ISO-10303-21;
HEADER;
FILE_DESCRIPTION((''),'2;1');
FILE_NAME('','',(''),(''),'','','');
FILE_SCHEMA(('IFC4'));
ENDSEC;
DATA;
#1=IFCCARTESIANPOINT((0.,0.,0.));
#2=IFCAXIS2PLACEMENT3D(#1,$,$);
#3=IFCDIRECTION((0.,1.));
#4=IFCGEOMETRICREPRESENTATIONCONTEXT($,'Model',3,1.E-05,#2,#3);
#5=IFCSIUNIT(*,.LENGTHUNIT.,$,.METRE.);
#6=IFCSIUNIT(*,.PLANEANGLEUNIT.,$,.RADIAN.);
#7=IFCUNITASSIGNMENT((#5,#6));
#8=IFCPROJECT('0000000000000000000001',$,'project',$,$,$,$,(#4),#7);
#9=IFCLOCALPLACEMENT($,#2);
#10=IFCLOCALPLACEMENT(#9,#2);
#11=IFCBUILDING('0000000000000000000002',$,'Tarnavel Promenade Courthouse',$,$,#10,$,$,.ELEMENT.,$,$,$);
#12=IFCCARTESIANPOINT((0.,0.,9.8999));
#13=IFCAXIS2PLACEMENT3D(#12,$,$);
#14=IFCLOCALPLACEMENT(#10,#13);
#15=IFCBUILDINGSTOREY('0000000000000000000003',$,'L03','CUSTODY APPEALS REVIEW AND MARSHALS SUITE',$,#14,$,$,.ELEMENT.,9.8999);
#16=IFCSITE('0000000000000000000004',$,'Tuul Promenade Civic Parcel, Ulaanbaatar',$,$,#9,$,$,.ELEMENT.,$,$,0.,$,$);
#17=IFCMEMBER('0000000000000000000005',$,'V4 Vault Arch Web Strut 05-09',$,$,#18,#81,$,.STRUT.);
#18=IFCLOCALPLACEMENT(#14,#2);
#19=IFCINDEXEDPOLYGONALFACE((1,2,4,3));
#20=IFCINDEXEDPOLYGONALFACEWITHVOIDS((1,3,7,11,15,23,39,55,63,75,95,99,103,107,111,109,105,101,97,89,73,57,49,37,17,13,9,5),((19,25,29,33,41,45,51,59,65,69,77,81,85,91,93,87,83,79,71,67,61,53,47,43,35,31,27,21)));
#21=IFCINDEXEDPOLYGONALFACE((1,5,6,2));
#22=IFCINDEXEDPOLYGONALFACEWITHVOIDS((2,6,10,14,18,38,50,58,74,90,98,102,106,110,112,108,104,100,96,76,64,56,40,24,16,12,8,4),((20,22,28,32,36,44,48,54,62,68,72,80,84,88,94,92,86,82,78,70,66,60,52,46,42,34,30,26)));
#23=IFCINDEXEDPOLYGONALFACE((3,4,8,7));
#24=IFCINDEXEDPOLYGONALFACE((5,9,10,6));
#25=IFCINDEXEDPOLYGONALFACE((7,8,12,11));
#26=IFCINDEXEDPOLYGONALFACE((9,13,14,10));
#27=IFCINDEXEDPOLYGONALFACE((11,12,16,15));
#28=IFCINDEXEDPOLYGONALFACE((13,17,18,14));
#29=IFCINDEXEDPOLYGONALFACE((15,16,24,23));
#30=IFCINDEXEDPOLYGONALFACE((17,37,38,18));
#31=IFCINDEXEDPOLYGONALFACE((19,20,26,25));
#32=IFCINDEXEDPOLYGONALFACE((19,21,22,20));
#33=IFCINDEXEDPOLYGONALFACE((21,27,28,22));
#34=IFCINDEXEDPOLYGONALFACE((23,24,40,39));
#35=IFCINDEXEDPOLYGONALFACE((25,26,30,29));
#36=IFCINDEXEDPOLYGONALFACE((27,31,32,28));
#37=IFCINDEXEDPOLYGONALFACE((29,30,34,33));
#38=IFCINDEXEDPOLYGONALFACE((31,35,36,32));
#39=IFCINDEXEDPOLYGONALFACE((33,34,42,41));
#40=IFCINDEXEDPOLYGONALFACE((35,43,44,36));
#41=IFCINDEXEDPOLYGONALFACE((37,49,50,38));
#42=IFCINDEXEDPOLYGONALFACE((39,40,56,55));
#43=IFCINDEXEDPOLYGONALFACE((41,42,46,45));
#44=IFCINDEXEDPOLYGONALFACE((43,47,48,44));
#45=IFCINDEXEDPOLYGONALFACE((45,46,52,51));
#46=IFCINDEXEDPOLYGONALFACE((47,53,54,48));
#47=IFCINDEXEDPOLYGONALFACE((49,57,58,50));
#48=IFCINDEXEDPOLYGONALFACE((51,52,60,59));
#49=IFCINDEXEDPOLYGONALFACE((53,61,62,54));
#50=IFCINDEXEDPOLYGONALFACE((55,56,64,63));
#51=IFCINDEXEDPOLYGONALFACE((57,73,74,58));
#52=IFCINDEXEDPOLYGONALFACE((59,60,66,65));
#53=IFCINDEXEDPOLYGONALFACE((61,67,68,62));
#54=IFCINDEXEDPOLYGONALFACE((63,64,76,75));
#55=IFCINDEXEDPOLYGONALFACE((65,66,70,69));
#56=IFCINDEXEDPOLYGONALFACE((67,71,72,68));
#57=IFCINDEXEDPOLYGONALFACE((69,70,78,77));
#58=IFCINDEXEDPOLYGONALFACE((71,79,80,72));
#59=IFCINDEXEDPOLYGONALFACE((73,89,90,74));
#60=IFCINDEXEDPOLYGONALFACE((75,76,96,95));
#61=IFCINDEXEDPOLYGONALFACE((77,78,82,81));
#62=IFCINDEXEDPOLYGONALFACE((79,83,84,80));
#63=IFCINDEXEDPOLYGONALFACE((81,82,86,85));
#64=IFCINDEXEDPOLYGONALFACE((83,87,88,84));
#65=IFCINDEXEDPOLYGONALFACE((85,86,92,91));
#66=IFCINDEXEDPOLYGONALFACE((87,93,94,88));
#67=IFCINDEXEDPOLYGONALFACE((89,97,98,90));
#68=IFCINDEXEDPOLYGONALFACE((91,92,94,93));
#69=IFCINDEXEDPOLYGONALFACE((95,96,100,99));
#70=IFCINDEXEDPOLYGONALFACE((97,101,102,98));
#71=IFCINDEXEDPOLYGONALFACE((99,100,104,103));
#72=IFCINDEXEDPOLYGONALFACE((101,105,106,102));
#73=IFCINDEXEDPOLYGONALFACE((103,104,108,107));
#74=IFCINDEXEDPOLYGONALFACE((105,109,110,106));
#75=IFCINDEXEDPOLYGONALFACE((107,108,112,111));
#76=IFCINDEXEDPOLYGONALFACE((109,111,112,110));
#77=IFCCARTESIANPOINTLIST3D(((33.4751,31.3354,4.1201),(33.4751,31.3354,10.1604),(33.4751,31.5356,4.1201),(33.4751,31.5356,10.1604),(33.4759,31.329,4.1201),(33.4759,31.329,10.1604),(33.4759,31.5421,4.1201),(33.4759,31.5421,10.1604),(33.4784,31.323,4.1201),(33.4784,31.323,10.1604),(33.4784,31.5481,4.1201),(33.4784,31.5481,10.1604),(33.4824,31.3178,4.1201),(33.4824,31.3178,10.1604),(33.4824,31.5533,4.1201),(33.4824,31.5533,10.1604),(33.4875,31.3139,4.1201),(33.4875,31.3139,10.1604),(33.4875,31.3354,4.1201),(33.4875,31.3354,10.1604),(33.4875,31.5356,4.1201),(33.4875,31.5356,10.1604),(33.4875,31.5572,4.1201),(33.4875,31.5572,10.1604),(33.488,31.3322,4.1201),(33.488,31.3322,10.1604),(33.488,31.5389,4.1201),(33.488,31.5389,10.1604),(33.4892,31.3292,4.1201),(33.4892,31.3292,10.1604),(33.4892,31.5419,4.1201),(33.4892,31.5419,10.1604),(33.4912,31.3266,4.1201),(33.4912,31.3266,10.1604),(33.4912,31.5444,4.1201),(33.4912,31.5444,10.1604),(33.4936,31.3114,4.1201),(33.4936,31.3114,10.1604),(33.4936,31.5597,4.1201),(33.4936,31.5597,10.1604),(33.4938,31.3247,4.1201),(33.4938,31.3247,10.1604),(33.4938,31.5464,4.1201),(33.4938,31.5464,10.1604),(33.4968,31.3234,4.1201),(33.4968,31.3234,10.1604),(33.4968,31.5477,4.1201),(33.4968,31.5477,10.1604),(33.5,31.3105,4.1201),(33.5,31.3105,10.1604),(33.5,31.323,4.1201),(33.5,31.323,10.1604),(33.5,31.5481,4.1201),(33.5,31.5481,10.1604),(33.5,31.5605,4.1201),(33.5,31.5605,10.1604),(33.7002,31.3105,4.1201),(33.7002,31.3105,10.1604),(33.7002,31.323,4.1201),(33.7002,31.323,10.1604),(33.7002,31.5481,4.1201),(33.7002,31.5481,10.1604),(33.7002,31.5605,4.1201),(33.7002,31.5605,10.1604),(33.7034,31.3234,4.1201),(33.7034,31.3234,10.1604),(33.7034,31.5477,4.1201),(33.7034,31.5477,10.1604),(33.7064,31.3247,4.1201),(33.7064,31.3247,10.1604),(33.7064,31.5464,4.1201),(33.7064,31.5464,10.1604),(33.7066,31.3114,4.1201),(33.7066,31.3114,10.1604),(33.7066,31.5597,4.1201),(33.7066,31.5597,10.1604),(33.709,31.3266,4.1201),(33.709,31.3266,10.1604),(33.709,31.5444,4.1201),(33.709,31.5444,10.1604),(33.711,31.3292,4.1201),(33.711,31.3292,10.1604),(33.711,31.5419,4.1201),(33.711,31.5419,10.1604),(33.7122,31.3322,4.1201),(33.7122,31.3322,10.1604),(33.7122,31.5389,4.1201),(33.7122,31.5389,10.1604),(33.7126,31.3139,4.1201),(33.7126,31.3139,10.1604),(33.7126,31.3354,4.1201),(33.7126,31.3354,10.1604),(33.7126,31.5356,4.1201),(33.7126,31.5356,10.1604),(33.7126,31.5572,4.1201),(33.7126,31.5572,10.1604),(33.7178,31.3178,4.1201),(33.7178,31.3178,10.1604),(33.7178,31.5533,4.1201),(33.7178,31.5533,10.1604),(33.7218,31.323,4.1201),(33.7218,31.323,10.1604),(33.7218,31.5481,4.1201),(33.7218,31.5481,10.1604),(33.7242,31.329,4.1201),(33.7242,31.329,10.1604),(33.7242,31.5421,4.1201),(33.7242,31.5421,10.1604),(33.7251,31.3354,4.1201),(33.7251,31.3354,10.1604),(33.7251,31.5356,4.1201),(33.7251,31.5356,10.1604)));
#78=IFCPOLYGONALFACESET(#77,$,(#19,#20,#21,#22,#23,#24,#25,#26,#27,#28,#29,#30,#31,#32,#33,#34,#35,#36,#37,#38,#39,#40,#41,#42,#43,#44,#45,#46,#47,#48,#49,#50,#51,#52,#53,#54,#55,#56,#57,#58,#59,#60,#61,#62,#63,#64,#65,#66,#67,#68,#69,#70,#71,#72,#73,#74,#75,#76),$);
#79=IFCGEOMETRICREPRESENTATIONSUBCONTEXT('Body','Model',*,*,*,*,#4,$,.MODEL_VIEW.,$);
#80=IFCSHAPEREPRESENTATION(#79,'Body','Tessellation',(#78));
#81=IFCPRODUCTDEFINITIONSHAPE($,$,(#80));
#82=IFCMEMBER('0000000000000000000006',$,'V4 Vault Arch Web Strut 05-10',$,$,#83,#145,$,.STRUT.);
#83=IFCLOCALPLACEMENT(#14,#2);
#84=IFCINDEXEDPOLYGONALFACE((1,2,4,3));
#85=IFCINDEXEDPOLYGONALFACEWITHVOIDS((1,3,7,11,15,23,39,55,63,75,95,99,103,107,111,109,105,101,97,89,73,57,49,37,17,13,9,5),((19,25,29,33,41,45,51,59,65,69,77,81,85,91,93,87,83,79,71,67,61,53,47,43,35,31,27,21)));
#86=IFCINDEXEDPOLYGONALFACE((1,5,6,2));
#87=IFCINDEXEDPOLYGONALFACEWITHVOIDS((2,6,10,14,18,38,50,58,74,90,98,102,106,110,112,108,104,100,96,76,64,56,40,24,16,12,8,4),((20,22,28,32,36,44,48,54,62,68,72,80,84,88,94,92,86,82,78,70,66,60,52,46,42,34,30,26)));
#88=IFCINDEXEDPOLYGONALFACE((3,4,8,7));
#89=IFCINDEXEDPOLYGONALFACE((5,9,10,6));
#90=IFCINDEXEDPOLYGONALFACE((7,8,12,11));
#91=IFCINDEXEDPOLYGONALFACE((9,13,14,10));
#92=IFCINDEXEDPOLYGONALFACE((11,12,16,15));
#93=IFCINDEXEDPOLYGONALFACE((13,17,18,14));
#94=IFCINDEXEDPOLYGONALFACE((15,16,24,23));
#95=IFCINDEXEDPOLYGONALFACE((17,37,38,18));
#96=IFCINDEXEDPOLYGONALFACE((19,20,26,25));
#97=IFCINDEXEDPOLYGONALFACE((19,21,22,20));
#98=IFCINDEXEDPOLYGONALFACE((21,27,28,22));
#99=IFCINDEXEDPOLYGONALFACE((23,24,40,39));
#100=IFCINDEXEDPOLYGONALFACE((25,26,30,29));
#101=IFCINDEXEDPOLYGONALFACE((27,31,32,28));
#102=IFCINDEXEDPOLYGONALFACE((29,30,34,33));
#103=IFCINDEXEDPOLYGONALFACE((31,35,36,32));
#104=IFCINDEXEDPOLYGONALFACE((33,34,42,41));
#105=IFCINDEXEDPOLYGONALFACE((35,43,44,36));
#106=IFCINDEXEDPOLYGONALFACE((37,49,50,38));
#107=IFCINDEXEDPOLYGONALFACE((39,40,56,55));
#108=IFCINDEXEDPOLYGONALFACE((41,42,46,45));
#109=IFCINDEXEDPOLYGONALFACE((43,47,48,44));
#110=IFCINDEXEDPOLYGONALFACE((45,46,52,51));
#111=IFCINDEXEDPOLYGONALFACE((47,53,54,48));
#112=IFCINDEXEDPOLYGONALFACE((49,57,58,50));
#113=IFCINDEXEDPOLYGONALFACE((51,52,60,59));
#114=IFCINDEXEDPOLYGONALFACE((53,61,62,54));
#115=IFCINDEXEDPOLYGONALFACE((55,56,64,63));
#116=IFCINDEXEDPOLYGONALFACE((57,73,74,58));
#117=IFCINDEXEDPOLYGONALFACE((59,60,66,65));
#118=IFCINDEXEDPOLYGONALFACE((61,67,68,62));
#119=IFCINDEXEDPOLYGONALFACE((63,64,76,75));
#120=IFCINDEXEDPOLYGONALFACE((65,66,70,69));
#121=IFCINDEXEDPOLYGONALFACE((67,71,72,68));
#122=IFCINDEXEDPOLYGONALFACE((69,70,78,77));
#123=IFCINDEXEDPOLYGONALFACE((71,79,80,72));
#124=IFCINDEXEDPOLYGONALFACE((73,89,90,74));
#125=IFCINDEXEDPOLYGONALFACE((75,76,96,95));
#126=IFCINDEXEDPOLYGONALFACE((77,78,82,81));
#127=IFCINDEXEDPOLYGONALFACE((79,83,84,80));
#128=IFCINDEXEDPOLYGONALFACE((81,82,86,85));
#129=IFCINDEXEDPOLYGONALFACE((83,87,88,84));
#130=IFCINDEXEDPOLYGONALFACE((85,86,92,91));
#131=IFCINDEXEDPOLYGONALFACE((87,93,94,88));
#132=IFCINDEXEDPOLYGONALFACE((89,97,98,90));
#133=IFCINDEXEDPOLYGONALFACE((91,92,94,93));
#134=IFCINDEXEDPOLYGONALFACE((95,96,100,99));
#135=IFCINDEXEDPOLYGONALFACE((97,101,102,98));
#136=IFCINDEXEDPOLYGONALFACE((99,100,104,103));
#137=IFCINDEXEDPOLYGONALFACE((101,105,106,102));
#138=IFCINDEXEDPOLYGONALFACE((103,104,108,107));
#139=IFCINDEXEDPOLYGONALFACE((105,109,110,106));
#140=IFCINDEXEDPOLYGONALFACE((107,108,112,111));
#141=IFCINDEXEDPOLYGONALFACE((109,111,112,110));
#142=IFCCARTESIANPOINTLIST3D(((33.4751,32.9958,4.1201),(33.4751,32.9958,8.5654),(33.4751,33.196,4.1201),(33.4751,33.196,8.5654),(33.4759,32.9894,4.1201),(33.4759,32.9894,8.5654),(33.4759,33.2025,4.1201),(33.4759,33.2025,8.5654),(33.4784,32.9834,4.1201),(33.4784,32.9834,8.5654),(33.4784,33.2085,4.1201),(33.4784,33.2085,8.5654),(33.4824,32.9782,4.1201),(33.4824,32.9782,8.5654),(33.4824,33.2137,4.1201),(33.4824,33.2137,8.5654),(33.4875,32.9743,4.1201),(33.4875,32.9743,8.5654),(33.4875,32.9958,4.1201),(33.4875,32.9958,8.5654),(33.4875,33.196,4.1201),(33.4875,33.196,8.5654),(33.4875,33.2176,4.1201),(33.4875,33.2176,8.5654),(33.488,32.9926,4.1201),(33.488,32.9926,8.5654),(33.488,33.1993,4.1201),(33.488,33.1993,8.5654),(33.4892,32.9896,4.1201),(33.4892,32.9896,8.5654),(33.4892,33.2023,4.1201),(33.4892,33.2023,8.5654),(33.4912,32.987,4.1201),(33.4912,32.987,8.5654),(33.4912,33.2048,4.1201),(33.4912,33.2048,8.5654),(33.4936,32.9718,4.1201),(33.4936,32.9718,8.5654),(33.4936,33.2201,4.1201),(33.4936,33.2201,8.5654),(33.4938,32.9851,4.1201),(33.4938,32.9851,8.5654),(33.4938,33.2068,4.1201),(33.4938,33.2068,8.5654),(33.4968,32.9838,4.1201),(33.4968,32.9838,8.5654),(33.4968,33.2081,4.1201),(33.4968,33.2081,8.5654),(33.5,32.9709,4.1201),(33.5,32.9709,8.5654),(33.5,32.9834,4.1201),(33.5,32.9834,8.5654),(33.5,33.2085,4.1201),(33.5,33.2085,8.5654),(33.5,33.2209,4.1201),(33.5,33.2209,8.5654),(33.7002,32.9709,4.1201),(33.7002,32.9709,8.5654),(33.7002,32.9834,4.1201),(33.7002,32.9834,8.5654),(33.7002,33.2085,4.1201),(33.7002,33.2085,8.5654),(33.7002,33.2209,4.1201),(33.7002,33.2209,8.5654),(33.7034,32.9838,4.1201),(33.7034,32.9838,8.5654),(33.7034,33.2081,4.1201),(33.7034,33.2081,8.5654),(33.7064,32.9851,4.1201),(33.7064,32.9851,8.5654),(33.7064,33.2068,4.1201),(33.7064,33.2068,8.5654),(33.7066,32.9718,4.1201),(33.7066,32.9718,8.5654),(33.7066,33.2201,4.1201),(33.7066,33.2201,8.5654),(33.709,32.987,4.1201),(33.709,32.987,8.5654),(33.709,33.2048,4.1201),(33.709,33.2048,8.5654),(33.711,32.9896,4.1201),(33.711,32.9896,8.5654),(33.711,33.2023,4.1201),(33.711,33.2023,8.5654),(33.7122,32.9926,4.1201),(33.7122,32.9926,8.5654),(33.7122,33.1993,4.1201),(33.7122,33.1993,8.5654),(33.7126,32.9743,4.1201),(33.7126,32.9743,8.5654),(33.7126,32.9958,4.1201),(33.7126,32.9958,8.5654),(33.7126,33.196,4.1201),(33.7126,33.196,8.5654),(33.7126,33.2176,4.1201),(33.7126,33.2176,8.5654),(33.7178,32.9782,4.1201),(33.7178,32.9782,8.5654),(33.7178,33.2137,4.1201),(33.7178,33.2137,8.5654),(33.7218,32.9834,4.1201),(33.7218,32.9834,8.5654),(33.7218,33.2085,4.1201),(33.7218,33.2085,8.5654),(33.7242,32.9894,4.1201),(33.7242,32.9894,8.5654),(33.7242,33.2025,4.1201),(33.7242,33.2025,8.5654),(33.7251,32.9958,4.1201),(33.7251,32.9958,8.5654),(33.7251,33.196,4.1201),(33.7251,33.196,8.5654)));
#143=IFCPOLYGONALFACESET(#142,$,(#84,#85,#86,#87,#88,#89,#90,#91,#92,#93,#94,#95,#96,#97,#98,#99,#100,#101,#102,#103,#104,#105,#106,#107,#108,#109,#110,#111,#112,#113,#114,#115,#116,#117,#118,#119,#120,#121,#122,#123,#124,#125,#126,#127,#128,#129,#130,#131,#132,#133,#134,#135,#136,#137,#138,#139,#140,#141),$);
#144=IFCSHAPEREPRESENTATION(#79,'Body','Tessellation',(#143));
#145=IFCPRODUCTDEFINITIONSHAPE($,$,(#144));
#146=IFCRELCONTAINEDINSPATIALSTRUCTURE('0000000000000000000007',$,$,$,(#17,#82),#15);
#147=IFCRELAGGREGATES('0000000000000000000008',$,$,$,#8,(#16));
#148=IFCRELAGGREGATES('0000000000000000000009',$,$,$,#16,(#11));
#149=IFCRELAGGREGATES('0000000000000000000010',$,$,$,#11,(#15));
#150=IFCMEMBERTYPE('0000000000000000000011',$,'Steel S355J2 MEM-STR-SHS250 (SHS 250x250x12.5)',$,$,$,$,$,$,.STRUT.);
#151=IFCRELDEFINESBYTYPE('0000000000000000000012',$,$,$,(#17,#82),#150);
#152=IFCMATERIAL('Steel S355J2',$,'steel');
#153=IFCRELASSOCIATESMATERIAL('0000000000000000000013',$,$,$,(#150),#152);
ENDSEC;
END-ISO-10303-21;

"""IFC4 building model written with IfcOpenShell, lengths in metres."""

from ifc_helpers import new_model, si_unit, direction, frame, origin, origin_2d, place, context, subcontext, project, spatial, hollow_rectangle, extrude, material, material_profile, profile_set, type_object, element, save


model = new_model("IFC4")

# Units and contexts
model_context = context("Model", 3, precision=1e-05, world=origin(), true_north=direction((0.0, 1.0)))
body_context = subcontext(model_context, "Body", "Model", "MODEL_VIEW")
ifc_project = project(units=[si_unit("LENGTHUNIT", "METRE"), si_unit("PLANEANGLEUNIT", "RADIAN")], contexts=[model_context])

# Site, building, storey
site_placement = place(None, origin())
site = spatial("IfcSite", under=ifc_project, at=site_placement, Name="Tuul Promenade Civic Parcel, Ulaanbaatar", CompositionType="ELEMENT", RefElevation=0.0)
building_placement = place(site_placement, origin())
building = spatial("IfcBuilding", under=site, at=building_placement, Name="Tarnavel Promenade Courthouse", CompositionType="ELEMENT")
storey_placement = place(building_placement, frame((0.0, 0.0, 9.8999)))
storey = spatial("IfcBuildingStorey", under=building, at=storey_placement, Name="L03", Description="CUSTODY APPEALS REVIEW AND MARSHALS SUITE", CompositionType="ELEMENT", Elevation=9.8999)

# Shared definitions
ifc_material_1 = material(Name="Steel S355J2", Category="steel")

# Members
ifc_material_profile_1 = material_profile(ifc_material_1, hollow_rectangle(XDim=0.25, YDim=0.25, WallThickness=0.0125, InnerFilletRadius=0.0125, OuterFilletRadius=0.0249, at=origin_2d()), Name="SHS 250x250x12.5")
ifc_profile_set_1 = profile_set([ifc_material_profile_1], Name="Steel S355J2")
member_type_1 = type_object("IfcMemberType", Name="Steel S355J2 MEM-STR-SHS250 (SHS 250x250x12.5)", PredefinedType="STRUT", material=ifc_profile_set_1)
member_1_placement = place(storey_placement, frame((33.6001, 31.4355, 4.1201), z_axis=(0.0, 0.0, 1.0), x_axis=(1.0, 0.0, 0.0)))
element("IfcMember", 1, at=member_1_placement, inside=storey, type_object=member_type_1, Name="V4 Vault Arch Web Strut 05-09", PredefinedType="STRUT", context=body_context, shape_type="SweptSolid", body=[
    extrude(hollow_rectangle(XDim=0.25, YDim=0.25, WallThickness=0.0125, InnerFilletRadius=0.0125, OuterFilletRadius=0.0249, at=origin_2d()), origin(), (0.0, 0.0, 1.0), 6.0403),
])
member_2_placement = place(storey_placement, frame((33.6001, 33.0959, 4.1201), z_axis=(0.0, 0.0, 1.0), x_axis=(1.0, 0.0, 0.0)))
element("IfcMember", 2, at=member_2_placement, inside=storey, type_object=member_type_1, Name="V4 Vault Arch Web Strut 05-10", PredefinedType="STRUT", context=body_context, shape_type="SweptSolid", body=[
    extrude(hollow_rectangle(XDim=0.25, YDim=0.25, WallThickness=0.0125, InnerFilletRadius=0.0125, OuterFilletRadius=0.0249, at=origin_2d()), origin(), (0.0, 0.0, 1.0), 4.4453),
])

save(model, "model.ifc")
